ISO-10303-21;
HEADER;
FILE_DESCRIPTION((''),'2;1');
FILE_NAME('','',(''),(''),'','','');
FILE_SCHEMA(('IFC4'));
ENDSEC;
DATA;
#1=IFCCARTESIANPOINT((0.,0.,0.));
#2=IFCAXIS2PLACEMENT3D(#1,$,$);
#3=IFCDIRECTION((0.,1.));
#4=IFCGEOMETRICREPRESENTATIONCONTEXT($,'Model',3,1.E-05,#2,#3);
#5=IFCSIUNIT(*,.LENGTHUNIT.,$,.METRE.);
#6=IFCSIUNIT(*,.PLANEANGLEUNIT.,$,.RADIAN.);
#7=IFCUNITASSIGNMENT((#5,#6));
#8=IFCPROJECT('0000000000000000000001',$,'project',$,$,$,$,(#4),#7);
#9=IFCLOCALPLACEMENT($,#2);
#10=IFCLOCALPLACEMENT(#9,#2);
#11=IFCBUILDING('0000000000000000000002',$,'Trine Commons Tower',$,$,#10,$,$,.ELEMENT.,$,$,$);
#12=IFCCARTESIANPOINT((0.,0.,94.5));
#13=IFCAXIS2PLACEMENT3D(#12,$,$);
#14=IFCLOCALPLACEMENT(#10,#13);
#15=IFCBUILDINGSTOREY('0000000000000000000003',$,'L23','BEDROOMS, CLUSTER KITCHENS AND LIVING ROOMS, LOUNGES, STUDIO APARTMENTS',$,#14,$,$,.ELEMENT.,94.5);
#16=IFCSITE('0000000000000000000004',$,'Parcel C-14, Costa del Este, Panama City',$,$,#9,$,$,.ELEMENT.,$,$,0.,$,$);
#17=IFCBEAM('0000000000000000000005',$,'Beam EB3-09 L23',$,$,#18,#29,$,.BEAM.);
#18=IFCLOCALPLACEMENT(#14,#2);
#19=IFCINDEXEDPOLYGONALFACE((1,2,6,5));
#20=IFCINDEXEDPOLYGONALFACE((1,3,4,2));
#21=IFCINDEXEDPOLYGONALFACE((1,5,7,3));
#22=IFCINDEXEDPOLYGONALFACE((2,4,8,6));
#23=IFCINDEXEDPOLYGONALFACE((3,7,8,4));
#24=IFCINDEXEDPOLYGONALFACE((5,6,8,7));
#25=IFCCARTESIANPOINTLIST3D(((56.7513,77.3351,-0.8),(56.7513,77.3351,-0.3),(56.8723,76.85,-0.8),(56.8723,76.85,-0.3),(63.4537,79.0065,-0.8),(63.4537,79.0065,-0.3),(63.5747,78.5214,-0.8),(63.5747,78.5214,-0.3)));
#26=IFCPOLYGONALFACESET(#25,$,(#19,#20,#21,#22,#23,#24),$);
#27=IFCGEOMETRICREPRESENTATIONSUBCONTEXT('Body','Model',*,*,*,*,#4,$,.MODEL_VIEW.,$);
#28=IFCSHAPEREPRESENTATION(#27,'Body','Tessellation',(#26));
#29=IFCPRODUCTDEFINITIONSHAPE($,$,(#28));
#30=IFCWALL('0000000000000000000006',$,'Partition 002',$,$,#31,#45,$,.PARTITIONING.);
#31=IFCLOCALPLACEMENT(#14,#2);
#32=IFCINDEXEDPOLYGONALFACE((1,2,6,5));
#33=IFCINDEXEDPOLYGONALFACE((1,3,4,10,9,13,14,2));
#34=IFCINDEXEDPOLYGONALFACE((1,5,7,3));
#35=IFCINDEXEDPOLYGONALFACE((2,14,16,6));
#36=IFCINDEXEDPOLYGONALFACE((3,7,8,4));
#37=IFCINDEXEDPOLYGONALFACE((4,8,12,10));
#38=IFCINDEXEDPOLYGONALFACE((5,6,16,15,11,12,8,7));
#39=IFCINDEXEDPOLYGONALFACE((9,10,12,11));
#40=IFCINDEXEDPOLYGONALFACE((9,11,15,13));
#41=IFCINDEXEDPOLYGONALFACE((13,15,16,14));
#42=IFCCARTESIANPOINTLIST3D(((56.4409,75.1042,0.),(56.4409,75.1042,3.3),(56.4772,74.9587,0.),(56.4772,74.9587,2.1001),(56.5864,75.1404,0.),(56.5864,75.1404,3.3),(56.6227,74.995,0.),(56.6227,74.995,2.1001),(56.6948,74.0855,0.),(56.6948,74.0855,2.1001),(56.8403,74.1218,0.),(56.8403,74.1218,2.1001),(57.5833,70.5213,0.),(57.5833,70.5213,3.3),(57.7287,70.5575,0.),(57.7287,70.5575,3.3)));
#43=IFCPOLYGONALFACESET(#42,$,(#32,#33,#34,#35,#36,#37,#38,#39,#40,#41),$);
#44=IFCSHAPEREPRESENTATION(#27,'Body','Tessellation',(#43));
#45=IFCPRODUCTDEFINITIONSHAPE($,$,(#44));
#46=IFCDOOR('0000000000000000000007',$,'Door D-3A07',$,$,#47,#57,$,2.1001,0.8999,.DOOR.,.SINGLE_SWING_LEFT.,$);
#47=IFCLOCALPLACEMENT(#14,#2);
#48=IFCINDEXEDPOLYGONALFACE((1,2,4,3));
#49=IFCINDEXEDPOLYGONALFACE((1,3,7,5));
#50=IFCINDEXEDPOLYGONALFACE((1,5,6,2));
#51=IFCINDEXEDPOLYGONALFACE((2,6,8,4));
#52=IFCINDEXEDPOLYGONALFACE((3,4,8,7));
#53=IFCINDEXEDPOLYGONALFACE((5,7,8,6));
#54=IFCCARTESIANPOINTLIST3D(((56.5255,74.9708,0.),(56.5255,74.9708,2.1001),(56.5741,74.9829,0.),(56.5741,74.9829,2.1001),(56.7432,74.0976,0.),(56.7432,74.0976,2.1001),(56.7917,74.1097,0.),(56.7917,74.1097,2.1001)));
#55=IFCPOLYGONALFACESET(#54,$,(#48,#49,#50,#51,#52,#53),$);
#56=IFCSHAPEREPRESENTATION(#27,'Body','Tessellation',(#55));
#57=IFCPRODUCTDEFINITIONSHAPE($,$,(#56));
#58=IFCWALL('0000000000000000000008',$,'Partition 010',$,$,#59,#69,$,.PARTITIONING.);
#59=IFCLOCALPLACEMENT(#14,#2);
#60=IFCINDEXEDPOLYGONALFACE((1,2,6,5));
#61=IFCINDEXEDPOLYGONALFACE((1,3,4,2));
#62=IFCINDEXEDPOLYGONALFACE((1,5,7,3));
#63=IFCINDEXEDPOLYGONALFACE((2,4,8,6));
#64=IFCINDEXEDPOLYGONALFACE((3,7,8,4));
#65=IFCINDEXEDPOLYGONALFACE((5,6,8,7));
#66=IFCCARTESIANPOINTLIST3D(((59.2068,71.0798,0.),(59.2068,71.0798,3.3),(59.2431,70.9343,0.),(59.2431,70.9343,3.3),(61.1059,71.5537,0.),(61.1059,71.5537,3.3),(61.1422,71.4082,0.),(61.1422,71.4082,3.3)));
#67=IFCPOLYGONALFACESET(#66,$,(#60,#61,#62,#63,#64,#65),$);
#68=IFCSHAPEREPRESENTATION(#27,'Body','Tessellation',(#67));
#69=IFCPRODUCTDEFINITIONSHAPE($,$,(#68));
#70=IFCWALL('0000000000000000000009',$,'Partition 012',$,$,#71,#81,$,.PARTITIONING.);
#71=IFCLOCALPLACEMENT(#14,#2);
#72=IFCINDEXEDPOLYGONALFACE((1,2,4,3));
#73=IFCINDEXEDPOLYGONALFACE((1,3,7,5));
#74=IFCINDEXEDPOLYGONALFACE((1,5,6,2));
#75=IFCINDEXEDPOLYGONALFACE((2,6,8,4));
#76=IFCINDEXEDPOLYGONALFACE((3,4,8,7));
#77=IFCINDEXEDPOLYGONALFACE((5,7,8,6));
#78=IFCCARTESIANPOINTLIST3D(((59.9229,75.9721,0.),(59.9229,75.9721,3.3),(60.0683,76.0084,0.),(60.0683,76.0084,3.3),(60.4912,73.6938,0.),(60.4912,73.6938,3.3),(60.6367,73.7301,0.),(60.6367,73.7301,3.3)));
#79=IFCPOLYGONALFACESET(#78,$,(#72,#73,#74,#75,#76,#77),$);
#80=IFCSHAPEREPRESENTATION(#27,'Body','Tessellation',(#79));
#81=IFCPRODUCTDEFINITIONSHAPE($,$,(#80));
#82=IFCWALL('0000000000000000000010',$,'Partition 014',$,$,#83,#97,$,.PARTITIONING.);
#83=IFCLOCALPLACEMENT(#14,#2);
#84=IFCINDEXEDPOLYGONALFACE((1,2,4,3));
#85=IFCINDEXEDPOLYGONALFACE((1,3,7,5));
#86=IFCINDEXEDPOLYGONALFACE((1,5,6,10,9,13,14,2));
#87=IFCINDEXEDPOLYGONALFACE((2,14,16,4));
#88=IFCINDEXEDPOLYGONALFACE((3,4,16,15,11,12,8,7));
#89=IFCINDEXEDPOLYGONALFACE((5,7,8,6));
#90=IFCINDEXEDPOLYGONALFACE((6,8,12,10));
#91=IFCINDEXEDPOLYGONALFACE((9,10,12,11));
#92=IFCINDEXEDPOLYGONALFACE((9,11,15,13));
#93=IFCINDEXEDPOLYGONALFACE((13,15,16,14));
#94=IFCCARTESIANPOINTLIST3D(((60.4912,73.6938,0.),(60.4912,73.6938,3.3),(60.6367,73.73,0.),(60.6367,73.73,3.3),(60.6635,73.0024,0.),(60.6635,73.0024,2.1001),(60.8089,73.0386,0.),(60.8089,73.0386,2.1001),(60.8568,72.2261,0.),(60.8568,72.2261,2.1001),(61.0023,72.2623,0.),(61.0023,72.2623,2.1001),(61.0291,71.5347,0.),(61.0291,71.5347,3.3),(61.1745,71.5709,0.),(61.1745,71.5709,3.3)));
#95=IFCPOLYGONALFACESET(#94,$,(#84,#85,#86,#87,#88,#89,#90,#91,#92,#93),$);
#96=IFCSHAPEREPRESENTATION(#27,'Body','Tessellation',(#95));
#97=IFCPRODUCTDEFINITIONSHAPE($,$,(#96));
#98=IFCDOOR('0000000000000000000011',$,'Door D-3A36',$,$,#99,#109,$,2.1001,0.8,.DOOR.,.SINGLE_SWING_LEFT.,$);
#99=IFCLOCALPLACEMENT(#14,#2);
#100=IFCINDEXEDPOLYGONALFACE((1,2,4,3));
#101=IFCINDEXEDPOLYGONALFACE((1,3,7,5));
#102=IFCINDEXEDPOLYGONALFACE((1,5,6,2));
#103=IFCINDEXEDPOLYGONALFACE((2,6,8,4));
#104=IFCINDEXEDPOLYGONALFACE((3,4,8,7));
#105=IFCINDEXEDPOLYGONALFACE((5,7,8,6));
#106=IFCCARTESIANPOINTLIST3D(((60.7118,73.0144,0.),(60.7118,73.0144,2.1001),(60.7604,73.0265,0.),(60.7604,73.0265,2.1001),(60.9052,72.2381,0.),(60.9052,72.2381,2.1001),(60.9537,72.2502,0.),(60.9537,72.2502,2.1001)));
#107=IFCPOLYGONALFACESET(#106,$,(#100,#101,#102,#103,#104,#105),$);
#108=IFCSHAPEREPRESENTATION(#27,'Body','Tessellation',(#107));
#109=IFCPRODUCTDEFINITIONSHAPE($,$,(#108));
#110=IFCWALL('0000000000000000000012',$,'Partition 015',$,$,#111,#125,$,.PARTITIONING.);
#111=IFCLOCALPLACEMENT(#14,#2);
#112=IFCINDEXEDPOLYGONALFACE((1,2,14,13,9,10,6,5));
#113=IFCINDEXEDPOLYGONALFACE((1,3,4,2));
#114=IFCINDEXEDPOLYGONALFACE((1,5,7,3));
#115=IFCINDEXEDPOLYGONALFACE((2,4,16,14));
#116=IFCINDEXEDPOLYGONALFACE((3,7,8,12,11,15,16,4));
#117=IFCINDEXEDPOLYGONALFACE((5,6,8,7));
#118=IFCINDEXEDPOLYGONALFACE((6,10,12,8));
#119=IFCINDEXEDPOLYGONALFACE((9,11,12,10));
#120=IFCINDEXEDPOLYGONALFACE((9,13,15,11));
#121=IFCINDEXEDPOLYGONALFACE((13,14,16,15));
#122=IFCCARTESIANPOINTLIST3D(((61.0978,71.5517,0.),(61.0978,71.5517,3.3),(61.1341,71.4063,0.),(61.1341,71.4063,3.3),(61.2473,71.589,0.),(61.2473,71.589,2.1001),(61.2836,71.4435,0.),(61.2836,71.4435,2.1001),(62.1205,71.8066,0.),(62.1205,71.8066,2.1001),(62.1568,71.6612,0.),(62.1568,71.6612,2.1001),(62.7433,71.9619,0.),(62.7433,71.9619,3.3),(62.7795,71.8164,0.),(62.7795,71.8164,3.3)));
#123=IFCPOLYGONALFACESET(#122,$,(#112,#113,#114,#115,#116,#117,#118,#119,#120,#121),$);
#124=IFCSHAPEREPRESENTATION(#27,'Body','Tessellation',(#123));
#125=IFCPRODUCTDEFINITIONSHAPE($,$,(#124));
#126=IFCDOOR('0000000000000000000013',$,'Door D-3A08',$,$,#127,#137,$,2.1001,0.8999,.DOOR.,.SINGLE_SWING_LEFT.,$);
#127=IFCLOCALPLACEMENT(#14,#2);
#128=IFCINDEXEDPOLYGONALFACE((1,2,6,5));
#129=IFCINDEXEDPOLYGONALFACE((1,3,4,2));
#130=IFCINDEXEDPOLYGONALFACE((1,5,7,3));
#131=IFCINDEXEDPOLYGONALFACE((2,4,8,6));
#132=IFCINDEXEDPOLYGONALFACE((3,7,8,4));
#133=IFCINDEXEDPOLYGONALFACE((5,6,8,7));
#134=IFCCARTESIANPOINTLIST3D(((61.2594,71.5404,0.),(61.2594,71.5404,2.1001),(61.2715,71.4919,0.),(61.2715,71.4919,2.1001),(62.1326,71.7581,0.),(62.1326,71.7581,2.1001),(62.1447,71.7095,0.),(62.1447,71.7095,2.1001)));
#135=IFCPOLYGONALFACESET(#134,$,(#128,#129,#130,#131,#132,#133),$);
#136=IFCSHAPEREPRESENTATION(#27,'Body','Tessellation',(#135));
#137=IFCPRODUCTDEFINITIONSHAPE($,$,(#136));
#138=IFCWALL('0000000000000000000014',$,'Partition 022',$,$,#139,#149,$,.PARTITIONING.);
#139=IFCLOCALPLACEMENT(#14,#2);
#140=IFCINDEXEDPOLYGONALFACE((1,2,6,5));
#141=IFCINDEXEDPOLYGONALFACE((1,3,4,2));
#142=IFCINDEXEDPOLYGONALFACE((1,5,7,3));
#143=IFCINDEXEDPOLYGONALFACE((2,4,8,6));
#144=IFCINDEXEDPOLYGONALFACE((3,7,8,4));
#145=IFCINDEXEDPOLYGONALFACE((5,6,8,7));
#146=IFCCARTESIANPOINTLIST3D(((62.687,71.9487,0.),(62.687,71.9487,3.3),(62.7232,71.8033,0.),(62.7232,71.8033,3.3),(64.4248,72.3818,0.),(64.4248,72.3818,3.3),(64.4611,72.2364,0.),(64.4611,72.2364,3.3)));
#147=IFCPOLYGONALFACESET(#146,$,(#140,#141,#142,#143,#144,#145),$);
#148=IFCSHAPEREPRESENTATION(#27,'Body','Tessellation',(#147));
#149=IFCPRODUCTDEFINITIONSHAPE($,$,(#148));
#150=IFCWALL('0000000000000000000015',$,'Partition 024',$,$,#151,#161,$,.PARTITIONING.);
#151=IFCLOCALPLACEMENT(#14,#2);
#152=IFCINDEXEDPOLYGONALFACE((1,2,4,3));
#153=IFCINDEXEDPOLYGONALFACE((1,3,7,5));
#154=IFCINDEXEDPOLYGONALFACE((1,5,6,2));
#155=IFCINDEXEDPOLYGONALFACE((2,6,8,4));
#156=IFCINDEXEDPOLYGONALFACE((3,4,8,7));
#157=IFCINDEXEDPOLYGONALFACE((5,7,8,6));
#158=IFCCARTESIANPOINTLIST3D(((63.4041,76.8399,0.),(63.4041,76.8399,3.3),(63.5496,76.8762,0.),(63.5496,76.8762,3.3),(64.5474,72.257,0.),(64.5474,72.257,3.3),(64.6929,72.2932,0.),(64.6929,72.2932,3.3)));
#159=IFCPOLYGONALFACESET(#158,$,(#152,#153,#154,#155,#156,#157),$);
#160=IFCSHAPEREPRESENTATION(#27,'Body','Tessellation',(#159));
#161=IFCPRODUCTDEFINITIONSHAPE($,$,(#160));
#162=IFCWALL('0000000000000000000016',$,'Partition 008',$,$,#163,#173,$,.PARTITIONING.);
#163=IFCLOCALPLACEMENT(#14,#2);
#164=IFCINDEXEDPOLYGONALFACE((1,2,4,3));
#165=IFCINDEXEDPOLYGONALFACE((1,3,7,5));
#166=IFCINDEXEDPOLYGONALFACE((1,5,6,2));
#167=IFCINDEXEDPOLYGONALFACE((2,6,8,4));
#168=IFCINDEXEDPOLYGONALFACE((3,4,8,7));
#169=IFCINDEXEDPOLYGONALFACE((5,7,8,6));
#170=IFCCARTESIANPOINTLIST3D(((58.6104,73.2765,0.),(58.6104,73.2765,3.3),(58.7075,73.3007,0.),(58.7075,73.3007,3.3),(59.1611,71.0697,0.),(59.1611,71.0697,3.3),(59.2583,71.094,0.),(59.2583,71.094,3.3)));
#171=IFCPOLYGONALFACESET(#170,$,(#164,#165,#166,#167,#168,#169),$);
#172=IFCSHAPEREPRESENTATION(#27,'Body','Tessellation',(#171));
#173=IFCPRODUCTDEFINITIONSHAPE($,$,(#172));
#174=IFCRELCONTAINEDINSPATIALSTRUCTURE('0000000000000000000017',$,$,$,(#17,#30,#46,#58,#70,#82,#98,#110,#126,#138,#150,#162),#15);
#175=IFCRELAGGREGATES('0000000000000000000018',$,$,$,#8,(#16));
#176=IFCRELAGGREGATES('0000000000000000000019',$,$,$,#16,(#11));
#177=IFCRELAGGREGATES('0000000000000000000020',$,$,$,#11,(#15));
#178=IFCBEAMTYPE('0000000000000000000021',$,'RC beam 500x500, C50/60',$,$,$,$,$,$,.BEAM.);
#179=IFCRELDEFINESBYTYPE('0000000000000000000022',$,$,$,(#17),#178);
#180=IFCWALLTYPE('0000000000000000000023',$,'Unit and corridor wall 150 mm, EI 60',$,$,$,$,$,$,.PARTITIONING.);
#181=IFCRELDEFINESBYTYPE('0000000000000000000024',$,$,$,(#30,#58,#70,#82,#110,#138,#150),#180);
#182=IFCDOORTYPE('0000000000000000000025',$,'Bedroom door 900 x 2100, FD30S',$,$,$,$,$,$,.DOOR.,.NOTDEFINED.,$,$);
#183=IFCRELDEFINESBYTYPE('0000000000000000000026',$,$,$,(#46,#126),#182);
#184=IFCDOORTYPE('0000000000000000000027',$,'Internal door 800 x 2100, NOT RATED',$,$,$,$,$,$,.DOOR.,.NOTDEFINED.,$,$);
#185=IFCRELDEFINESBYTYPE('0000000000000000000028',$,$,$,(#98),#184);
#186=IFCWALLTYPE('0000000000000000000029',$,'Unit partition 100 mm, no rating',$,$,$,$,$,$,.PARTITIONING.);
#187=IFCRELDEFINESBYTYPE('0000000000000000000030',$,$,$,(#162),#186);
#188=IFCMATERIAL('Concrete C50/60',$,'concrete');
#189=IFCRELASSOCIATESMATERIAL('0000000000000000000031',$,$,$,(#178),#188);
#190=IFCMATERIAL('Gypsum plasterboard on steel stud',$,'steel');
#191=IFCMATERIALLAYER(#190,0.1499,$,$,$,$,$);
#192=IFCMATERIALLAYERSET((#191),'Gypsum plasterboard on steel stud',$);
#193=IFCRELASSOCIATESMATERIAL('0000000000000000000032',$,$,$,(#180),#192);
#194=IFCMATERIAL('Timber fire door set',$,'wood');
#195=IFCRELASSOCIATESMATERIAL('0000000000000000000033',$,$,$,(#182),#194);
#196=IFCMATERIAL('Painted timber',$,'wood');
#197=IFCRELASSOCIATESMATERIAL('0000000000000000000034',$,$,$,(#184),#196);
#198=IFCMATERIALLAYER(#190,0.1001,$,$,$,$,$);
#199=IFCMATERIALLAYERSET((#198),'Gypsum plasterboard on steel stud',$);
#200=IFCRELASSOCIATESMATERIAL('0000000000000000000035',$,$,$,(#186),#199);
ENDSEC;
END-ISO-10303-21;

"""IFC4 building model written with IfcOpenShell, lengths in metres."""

from ifc_helpers import new_model, si_unit, direction, frame, frame_2d, origin, origin_2d, place, context, subcontext, project, spatial, rectangle, extrude, material, layer, layer_set, material_profile, profile_set, type_object, element, fill, save


model = new_model("IFC4")

# Units and contexts
model_context = context("Model", 3, precision=1e-05, world=origin(), true_north=direction((0.0, 1.0)))
body_context = subcontext(model_context, "Body", "Model", "MODEL_VIEW")
ifc_project = project(units=[si_unit("LENGTHUNIT", "METRE"), si_unit("PLANEANGLEUNIT", "RADIAN")], contexts=[model_context])

# Site, building, storey
site_placement = place(None, origin())
site = spatial("IfcSite", under=ifc_project, at=site_placement, Name="Parcel C-14, Costa del Este, Panama City", CompositionType="ELEMENT", RefElevation=0.0)
building_placement = place(site_placement, origin())
building = spatial("IfcBuilding", under=site, at=building_placement, Name="Trine Commons Tower", CompositionType="ELEMENT")
storey_placement = place(building_placement, frame((0.0, 0.0, 94.5)))
storey = spatial("IfcBuildingStorey", under=building, at=storey_placement, Name="L23", Description="BEDROOMS, CLUSTER KITCHENS AND LIVING ROOMS, LOUNGES, STUDIO APARTMENTS", CompositionType="ELEMENT", Elevation=94.5)

# Beam
ifc_material_1 = material(Name="Concrete C50/60", Category="concrete")
ifc_material_profile = material_profile(ifc_material_1, rectangle(XDim=0.5, YDim=0.5, at=origin_2d()), Name="RC 500x500")
ifc_profile_set = profile_set([ifc_material_profile], Name="Concrete C50/60")
beam_type = type_object("IfcBeamType", Name="RC beam 500x500, C50/60", PredefinedType="BEAM", material=ifc_profile_set)
beam_placement = place(storey_placement, frame((56.8118, 77.0925, -0.55), z_axis=(0.970286, 0.241962, 0.0), x_axis=(-0.241962, 0.970286, 0.0)))
element("IfcBeam", 1, at=beam_placement, inside=storey, type_object=beam_type, Name="Beam EB3-09 L23", PredefinedType="BEAM", context=body_context, shape_type="SweptSolid", body=[
    extrude(rectangle(XDim=0.5, YDim=0.5, at=origin_2d()), origin(), (0.0, 0.0, 1.0), 6.9077),
])

# Wall, opening, door
ifc_material_2 = material(Name="Gypsum plasterboard on steel stud", Category="steel")
ifc_layer_1 = layer(ifc_material_2, 0.1499)
ifc_layer_set_1 = layer_set([ifc_layer_1], Name="Gypsum plasterboard on steel stud")
wall_type_1 = type_object("IfcWallType", Name="Unit and corridor wall 150 mm, EI 60", PredefinedType="PARTITIONING", material=ifc_layer_set_1)
wall_1_placement = place(storey_placement, frame((56.5137, 75.1223, 0.0), z_axis=(0.0, 0.0, 1.0), x_axis=(0.241854, -0.970313, 0.0)))
wall_1 = element("IfcWall", 2, at=wall_1_placement, inside=storey, type_object=wall_type_1, Name="Partition 002", PredefinedType="PARTITIONING", context=body_context, shape_type="SweptSolid", body=[
    extrude(rectangle(XDim=4.7231, YDim=0.1499, at=frame_2d((2.3616, 0.0))), origin(), (0.0, 0.0, 1.0), 3.3),
])
opening_1_placement = place(wall_1_placement, frame((0.1499, 0.0, 0.0)))
opening_1 = element("IfcOpeningElement", 3, at=opening_1_placement, cuts=wall_1, PredefinedType="OPENING", context=body_context, shape_type="SweptSolid", body=[
    extrude(rectangle(XDim=0.8999, YDim=2.1001, at=frame_2d((0.45, 1.05))), frame((0.0, 0.085, 0.0), z_axis=(0.0, -1.0, 0.0), x_axis=(1.0, 0.0, 0.0)), (0.0, 0.0, 1.0), 0.1699),
])
ifc_material_3 = material(Name="Timber fire door set", Category="wood")
door_type_1 = type_object("IfcDoorType", Name="Bedroom door 900 x 2100, FD30S", OperationType="NOTDEFINED", PredefinedType="DOOR", material=ifc_material_3)
door_1_placement = place(opening_1_placement, origin())
door_1 = element("IfcDoor", 4, at=door_1_placement, inside=storey, type_object=door_type_1, Name="Door D-3A07", OperationType="SINGLE_SWING_LEFT", OverallHeight=2.1001, OverallWidth=0.8999, PredefinedType="DOOR", context=body_context, shape_type="SweptSolid", body=[
    extrude(rectangle(XDim=0.8999, YDim=2.1001, at=frame_2d((0.45, 1.05))), frame((0.0, 0.0249, 0.0), z_axis=(0.0, -1.0, 0.0), x_axis=(1.0, 0.0, 0.0)), (0.0, 0.0, 1.0), 0.05),
])
fill(opening_1, door_1)

# Walls
wall_2_placement = place(storey_placement, frame((59.2251, 71.0071, 0.0), z_axis=(0.0, 0.0, 1.0), x_axis=(0.970245, 0.242125, 0.0)))
element("IfcWall", 5, at=wall_2_placement, inside=storey, type_object=wall_type_1, Name="Partition 010", PredefinedType="PARTITIONING", context=body_context, shape_type="SweptSolid", body=[
    extrude(rectangle(XDim=1.9573, YDim=0.1499, at=frame_2d((0.9785, 0.0))), origin(), (0.0, 0.0, 1.0), 3.3),
])
wall_3_placement = place(storey_placement, frame((59.9956, 75.9902, 0.0), z_axis=(0.0, 0.0, 1.0), x_axis=(0.242046, -0.970265, 0.0)))
element("IfcWall", 6, at=wall_3_placement, inside=storey, type_object=wall_type_1, Name="Partition 012", PredefinedType="PARTITIONING", context=body_context, shape_type="SweptSolid", body=[
    extrude(rectangle(XDim=2.3481, YDim=0.1499, at=frame_2d((1.1741, 0.0))), origin(), (0.0, 0.0, 1.0), 3.3),
])

# Walls, openings, doors
wall_4_placement = place(storey_placement, frame((60.564, 73.7119, 0.0), z_axis=(0.0, 0.0, 1.0), x_axis=(0.241709, -0.970349, 0.0)))
wall_4 = element("IfcWall", 7, at=wall_4_placement, inside=storey, type_object=wall_type_1, Name="Partition 014", PredefinedType="PARTITIONING", context=body_context, shape_type="SweptSolid", body=[
    extrude(rectangle(XDim=2.2251, YDim=0.1499, at=frame_2d((1.1125, 0.0))), origin(), (0.0, 0.0, 1.0), 3.3),
])
opening_2_placement = place(wall_4_placement, frame((0.7126, 0.0, 0.0)))
opening_2 = element("IfcOpeningElement", 8, at=opening_2_placement, cuts=wall_4, PredefinedType="OPENING", context=body_context, shape_type="SweptSolid", body=[
    extrude(rectangle(XDim=0.8, YDim=2.1001, at=frame_2d((0.3999, 1.05))), frame((0.0, 0.085, 0.0), z_axis=(0.0, -1.0, 0.0), x_axis=(1.0, 0.0, 0.0)), (0.0, 0.0, 1.0), 0.1699),
])
ifc_material_4 = material(Name="Painted timber", Category="wood")
door_type_2 = type_object("IfcDoorType", Name="Internal door 800 x 2100, NOT RATED", OperationType="NOTDEFINED", PredefinedType="DOOR", material=ifc_material_4)
door_2_placement = place(opening_2_placement, origin())
door_2 = element("IfcDoor", 9, at=door_2_placement, inside=storey, type_object=door_type_2, Name="Door D-3A36", OperationType="SINGLE_SWING_LEFT", OverallHeight=2.1001, OverallWidth=0.8, PredefinedType="DOOR", context=body_context, shape_type="SweptSolid", body=[
    extrude(rectangle(XDim=0.8, YDim=2.1001, at=frame_2d((0.3999, 1.05))), frame((0.0, 0.0249, 0.0), z_axis=(0.0, -1.0, 0.0), x_axis=(1.0, 0.0, 0.0)), (0.0, 0.0, 1.0), 0.05),
])
fill(opening_2, door_2)
wall_5_placement = place(storey_placement, frame((61.116, 71.479, 0.0), z_axis=(0.0, 0.0, 1.0), x_axis=(0.970312, 0.241858, 0.0)))
wall_5 = element("IfcWall", 10, at=wall_5_placement, inside=storey, type_object=wall_type_1, Name="Partition 015", PredefinedType="PARTITIONING", context=body_context, shape_type="SweptSolid", body=[
    extrude(rectangle(XDim=1.6958, YDim=0.1499, at=frame_2d((0.8479, 0.0))), origin(), (0.0, 0.0, 1.0), 3.3),
])
opening_3_placement = place(wall_5_placement, frame((0.1541, 0.0, 0.0)))
opening_3 = element("IfcOpeningElement", 11, at=opening_3_placement, cuts=wall_5, PredefinedType="OPENING", context=body_context, shape_type="SweptSolid", body=[
    extrude(rectangle(XDim=0.8999, YDim=2.1001, at=frame_2d((0.45, 1.05))), frame((0.0, 0.085, 0.0), z_axis=(0.0, -1.0, 0.0), x_axis=(1.0, 0.0, 0.0)), (0.0, 0.0, 1.0), 0.1699),
])
door_3_placement = place(opening_3_placement, origin())
door_3 = element("IfcDoor", 12, at=door_3_placement, inside=storey, type_object=door_type_1, Name="Door D-3A08", OperationType="SINGLE_SWING_LEFT", OverallHeight=2.1001, OverallWidth=0.8999, PredefinedType="DOOR", context=body_context, shape_type="SweptSolid", body=[
    extrude(rectangle(XDim=0.8999, YDim=2.1001, at=frame_2d((0.45, 1.05))), frame((0.0, 0.0249, 0.0), z_axis=(0.0, -1.0, 0.0), x_axis=(1.0, 0.0, 0.0)), (0.0, 0.0, 1.0), 0.05),
])
fill(opening_3, door_3)

# Walls
wall_6_placement = place(storey_placement, frame((62.7051, 71.876, 0.0), z_axis=(0.0, 0.0, 1.0), x_axis=(0.970319, 0.24183, 0.0)))
element("IfcWall", 13, at=wall_6_placement, inside=storey, type_object=wall_type_1, Name="Partition 022", PredefinedType="PARTITIONING", context=body_context, shape_type="SweptSolid", body=[
    extrude(rectangle(XDim=1.791, YDim=0.1499, at=frame_2d((0.8955, 0.0))), origin(), (0.0, 0.0, 1.0), 3.3),
])
wall_7_placement = place(storey_placement, frame((63.4768, 76.8582, 0.0), z_axis=(0.0, 0.0, 1.0), x_axis=(0.242049, -0.970264, 0.0)))
element("IfcWall", 14, at=wall_7_placement, inside=storey, type_object=wall_type_1, Name="Partition 024", PredefinedType="PARTITIONING", context=body_context, shape_type="SweptSolid", body=[
    extrude(rectangle(XDim=4.7234, YDim=0.1499, at=frame_2d((2.3618, 0.0))), origin(), (0.0, 0.0, 1.0), 3.3),
])
ifc_layer_2 = layer(ifc_material_2, 0.1001)
ifc_layer_set_2 = layer_set([ifc_layer_2], Name="Gypsum plasterboard on steel stud")
wall_type_2 = type_object("IfcWallType", Name="Unit partition 100 mm, no rating", PredefinedType="PARTITIONING", material=ifc_layer_set_2)
wall_8_placement = place(storey_placement, frame((58.6589, 73.2886, 0.0), z_axis=(0.0, 0.0, 1.0), x_axis=(0.242157, -0.970237, 0.0)))
element("IfcWall", 15, at=wall_8_placement, inside=storey, type_object=wall_type_2, Name="Partition 008", PredefinedType="PARTITIONING", context=body_context, shape_type="SweptSolid", body=[
    extrude(rectangle(XDim=2.2744, YDim=0.1001, at=frame_2d((1.1372, 0.0))), origin(), (0.0, 0.0, 1.0), 3.3),
])

save(model, "model.ifc")
